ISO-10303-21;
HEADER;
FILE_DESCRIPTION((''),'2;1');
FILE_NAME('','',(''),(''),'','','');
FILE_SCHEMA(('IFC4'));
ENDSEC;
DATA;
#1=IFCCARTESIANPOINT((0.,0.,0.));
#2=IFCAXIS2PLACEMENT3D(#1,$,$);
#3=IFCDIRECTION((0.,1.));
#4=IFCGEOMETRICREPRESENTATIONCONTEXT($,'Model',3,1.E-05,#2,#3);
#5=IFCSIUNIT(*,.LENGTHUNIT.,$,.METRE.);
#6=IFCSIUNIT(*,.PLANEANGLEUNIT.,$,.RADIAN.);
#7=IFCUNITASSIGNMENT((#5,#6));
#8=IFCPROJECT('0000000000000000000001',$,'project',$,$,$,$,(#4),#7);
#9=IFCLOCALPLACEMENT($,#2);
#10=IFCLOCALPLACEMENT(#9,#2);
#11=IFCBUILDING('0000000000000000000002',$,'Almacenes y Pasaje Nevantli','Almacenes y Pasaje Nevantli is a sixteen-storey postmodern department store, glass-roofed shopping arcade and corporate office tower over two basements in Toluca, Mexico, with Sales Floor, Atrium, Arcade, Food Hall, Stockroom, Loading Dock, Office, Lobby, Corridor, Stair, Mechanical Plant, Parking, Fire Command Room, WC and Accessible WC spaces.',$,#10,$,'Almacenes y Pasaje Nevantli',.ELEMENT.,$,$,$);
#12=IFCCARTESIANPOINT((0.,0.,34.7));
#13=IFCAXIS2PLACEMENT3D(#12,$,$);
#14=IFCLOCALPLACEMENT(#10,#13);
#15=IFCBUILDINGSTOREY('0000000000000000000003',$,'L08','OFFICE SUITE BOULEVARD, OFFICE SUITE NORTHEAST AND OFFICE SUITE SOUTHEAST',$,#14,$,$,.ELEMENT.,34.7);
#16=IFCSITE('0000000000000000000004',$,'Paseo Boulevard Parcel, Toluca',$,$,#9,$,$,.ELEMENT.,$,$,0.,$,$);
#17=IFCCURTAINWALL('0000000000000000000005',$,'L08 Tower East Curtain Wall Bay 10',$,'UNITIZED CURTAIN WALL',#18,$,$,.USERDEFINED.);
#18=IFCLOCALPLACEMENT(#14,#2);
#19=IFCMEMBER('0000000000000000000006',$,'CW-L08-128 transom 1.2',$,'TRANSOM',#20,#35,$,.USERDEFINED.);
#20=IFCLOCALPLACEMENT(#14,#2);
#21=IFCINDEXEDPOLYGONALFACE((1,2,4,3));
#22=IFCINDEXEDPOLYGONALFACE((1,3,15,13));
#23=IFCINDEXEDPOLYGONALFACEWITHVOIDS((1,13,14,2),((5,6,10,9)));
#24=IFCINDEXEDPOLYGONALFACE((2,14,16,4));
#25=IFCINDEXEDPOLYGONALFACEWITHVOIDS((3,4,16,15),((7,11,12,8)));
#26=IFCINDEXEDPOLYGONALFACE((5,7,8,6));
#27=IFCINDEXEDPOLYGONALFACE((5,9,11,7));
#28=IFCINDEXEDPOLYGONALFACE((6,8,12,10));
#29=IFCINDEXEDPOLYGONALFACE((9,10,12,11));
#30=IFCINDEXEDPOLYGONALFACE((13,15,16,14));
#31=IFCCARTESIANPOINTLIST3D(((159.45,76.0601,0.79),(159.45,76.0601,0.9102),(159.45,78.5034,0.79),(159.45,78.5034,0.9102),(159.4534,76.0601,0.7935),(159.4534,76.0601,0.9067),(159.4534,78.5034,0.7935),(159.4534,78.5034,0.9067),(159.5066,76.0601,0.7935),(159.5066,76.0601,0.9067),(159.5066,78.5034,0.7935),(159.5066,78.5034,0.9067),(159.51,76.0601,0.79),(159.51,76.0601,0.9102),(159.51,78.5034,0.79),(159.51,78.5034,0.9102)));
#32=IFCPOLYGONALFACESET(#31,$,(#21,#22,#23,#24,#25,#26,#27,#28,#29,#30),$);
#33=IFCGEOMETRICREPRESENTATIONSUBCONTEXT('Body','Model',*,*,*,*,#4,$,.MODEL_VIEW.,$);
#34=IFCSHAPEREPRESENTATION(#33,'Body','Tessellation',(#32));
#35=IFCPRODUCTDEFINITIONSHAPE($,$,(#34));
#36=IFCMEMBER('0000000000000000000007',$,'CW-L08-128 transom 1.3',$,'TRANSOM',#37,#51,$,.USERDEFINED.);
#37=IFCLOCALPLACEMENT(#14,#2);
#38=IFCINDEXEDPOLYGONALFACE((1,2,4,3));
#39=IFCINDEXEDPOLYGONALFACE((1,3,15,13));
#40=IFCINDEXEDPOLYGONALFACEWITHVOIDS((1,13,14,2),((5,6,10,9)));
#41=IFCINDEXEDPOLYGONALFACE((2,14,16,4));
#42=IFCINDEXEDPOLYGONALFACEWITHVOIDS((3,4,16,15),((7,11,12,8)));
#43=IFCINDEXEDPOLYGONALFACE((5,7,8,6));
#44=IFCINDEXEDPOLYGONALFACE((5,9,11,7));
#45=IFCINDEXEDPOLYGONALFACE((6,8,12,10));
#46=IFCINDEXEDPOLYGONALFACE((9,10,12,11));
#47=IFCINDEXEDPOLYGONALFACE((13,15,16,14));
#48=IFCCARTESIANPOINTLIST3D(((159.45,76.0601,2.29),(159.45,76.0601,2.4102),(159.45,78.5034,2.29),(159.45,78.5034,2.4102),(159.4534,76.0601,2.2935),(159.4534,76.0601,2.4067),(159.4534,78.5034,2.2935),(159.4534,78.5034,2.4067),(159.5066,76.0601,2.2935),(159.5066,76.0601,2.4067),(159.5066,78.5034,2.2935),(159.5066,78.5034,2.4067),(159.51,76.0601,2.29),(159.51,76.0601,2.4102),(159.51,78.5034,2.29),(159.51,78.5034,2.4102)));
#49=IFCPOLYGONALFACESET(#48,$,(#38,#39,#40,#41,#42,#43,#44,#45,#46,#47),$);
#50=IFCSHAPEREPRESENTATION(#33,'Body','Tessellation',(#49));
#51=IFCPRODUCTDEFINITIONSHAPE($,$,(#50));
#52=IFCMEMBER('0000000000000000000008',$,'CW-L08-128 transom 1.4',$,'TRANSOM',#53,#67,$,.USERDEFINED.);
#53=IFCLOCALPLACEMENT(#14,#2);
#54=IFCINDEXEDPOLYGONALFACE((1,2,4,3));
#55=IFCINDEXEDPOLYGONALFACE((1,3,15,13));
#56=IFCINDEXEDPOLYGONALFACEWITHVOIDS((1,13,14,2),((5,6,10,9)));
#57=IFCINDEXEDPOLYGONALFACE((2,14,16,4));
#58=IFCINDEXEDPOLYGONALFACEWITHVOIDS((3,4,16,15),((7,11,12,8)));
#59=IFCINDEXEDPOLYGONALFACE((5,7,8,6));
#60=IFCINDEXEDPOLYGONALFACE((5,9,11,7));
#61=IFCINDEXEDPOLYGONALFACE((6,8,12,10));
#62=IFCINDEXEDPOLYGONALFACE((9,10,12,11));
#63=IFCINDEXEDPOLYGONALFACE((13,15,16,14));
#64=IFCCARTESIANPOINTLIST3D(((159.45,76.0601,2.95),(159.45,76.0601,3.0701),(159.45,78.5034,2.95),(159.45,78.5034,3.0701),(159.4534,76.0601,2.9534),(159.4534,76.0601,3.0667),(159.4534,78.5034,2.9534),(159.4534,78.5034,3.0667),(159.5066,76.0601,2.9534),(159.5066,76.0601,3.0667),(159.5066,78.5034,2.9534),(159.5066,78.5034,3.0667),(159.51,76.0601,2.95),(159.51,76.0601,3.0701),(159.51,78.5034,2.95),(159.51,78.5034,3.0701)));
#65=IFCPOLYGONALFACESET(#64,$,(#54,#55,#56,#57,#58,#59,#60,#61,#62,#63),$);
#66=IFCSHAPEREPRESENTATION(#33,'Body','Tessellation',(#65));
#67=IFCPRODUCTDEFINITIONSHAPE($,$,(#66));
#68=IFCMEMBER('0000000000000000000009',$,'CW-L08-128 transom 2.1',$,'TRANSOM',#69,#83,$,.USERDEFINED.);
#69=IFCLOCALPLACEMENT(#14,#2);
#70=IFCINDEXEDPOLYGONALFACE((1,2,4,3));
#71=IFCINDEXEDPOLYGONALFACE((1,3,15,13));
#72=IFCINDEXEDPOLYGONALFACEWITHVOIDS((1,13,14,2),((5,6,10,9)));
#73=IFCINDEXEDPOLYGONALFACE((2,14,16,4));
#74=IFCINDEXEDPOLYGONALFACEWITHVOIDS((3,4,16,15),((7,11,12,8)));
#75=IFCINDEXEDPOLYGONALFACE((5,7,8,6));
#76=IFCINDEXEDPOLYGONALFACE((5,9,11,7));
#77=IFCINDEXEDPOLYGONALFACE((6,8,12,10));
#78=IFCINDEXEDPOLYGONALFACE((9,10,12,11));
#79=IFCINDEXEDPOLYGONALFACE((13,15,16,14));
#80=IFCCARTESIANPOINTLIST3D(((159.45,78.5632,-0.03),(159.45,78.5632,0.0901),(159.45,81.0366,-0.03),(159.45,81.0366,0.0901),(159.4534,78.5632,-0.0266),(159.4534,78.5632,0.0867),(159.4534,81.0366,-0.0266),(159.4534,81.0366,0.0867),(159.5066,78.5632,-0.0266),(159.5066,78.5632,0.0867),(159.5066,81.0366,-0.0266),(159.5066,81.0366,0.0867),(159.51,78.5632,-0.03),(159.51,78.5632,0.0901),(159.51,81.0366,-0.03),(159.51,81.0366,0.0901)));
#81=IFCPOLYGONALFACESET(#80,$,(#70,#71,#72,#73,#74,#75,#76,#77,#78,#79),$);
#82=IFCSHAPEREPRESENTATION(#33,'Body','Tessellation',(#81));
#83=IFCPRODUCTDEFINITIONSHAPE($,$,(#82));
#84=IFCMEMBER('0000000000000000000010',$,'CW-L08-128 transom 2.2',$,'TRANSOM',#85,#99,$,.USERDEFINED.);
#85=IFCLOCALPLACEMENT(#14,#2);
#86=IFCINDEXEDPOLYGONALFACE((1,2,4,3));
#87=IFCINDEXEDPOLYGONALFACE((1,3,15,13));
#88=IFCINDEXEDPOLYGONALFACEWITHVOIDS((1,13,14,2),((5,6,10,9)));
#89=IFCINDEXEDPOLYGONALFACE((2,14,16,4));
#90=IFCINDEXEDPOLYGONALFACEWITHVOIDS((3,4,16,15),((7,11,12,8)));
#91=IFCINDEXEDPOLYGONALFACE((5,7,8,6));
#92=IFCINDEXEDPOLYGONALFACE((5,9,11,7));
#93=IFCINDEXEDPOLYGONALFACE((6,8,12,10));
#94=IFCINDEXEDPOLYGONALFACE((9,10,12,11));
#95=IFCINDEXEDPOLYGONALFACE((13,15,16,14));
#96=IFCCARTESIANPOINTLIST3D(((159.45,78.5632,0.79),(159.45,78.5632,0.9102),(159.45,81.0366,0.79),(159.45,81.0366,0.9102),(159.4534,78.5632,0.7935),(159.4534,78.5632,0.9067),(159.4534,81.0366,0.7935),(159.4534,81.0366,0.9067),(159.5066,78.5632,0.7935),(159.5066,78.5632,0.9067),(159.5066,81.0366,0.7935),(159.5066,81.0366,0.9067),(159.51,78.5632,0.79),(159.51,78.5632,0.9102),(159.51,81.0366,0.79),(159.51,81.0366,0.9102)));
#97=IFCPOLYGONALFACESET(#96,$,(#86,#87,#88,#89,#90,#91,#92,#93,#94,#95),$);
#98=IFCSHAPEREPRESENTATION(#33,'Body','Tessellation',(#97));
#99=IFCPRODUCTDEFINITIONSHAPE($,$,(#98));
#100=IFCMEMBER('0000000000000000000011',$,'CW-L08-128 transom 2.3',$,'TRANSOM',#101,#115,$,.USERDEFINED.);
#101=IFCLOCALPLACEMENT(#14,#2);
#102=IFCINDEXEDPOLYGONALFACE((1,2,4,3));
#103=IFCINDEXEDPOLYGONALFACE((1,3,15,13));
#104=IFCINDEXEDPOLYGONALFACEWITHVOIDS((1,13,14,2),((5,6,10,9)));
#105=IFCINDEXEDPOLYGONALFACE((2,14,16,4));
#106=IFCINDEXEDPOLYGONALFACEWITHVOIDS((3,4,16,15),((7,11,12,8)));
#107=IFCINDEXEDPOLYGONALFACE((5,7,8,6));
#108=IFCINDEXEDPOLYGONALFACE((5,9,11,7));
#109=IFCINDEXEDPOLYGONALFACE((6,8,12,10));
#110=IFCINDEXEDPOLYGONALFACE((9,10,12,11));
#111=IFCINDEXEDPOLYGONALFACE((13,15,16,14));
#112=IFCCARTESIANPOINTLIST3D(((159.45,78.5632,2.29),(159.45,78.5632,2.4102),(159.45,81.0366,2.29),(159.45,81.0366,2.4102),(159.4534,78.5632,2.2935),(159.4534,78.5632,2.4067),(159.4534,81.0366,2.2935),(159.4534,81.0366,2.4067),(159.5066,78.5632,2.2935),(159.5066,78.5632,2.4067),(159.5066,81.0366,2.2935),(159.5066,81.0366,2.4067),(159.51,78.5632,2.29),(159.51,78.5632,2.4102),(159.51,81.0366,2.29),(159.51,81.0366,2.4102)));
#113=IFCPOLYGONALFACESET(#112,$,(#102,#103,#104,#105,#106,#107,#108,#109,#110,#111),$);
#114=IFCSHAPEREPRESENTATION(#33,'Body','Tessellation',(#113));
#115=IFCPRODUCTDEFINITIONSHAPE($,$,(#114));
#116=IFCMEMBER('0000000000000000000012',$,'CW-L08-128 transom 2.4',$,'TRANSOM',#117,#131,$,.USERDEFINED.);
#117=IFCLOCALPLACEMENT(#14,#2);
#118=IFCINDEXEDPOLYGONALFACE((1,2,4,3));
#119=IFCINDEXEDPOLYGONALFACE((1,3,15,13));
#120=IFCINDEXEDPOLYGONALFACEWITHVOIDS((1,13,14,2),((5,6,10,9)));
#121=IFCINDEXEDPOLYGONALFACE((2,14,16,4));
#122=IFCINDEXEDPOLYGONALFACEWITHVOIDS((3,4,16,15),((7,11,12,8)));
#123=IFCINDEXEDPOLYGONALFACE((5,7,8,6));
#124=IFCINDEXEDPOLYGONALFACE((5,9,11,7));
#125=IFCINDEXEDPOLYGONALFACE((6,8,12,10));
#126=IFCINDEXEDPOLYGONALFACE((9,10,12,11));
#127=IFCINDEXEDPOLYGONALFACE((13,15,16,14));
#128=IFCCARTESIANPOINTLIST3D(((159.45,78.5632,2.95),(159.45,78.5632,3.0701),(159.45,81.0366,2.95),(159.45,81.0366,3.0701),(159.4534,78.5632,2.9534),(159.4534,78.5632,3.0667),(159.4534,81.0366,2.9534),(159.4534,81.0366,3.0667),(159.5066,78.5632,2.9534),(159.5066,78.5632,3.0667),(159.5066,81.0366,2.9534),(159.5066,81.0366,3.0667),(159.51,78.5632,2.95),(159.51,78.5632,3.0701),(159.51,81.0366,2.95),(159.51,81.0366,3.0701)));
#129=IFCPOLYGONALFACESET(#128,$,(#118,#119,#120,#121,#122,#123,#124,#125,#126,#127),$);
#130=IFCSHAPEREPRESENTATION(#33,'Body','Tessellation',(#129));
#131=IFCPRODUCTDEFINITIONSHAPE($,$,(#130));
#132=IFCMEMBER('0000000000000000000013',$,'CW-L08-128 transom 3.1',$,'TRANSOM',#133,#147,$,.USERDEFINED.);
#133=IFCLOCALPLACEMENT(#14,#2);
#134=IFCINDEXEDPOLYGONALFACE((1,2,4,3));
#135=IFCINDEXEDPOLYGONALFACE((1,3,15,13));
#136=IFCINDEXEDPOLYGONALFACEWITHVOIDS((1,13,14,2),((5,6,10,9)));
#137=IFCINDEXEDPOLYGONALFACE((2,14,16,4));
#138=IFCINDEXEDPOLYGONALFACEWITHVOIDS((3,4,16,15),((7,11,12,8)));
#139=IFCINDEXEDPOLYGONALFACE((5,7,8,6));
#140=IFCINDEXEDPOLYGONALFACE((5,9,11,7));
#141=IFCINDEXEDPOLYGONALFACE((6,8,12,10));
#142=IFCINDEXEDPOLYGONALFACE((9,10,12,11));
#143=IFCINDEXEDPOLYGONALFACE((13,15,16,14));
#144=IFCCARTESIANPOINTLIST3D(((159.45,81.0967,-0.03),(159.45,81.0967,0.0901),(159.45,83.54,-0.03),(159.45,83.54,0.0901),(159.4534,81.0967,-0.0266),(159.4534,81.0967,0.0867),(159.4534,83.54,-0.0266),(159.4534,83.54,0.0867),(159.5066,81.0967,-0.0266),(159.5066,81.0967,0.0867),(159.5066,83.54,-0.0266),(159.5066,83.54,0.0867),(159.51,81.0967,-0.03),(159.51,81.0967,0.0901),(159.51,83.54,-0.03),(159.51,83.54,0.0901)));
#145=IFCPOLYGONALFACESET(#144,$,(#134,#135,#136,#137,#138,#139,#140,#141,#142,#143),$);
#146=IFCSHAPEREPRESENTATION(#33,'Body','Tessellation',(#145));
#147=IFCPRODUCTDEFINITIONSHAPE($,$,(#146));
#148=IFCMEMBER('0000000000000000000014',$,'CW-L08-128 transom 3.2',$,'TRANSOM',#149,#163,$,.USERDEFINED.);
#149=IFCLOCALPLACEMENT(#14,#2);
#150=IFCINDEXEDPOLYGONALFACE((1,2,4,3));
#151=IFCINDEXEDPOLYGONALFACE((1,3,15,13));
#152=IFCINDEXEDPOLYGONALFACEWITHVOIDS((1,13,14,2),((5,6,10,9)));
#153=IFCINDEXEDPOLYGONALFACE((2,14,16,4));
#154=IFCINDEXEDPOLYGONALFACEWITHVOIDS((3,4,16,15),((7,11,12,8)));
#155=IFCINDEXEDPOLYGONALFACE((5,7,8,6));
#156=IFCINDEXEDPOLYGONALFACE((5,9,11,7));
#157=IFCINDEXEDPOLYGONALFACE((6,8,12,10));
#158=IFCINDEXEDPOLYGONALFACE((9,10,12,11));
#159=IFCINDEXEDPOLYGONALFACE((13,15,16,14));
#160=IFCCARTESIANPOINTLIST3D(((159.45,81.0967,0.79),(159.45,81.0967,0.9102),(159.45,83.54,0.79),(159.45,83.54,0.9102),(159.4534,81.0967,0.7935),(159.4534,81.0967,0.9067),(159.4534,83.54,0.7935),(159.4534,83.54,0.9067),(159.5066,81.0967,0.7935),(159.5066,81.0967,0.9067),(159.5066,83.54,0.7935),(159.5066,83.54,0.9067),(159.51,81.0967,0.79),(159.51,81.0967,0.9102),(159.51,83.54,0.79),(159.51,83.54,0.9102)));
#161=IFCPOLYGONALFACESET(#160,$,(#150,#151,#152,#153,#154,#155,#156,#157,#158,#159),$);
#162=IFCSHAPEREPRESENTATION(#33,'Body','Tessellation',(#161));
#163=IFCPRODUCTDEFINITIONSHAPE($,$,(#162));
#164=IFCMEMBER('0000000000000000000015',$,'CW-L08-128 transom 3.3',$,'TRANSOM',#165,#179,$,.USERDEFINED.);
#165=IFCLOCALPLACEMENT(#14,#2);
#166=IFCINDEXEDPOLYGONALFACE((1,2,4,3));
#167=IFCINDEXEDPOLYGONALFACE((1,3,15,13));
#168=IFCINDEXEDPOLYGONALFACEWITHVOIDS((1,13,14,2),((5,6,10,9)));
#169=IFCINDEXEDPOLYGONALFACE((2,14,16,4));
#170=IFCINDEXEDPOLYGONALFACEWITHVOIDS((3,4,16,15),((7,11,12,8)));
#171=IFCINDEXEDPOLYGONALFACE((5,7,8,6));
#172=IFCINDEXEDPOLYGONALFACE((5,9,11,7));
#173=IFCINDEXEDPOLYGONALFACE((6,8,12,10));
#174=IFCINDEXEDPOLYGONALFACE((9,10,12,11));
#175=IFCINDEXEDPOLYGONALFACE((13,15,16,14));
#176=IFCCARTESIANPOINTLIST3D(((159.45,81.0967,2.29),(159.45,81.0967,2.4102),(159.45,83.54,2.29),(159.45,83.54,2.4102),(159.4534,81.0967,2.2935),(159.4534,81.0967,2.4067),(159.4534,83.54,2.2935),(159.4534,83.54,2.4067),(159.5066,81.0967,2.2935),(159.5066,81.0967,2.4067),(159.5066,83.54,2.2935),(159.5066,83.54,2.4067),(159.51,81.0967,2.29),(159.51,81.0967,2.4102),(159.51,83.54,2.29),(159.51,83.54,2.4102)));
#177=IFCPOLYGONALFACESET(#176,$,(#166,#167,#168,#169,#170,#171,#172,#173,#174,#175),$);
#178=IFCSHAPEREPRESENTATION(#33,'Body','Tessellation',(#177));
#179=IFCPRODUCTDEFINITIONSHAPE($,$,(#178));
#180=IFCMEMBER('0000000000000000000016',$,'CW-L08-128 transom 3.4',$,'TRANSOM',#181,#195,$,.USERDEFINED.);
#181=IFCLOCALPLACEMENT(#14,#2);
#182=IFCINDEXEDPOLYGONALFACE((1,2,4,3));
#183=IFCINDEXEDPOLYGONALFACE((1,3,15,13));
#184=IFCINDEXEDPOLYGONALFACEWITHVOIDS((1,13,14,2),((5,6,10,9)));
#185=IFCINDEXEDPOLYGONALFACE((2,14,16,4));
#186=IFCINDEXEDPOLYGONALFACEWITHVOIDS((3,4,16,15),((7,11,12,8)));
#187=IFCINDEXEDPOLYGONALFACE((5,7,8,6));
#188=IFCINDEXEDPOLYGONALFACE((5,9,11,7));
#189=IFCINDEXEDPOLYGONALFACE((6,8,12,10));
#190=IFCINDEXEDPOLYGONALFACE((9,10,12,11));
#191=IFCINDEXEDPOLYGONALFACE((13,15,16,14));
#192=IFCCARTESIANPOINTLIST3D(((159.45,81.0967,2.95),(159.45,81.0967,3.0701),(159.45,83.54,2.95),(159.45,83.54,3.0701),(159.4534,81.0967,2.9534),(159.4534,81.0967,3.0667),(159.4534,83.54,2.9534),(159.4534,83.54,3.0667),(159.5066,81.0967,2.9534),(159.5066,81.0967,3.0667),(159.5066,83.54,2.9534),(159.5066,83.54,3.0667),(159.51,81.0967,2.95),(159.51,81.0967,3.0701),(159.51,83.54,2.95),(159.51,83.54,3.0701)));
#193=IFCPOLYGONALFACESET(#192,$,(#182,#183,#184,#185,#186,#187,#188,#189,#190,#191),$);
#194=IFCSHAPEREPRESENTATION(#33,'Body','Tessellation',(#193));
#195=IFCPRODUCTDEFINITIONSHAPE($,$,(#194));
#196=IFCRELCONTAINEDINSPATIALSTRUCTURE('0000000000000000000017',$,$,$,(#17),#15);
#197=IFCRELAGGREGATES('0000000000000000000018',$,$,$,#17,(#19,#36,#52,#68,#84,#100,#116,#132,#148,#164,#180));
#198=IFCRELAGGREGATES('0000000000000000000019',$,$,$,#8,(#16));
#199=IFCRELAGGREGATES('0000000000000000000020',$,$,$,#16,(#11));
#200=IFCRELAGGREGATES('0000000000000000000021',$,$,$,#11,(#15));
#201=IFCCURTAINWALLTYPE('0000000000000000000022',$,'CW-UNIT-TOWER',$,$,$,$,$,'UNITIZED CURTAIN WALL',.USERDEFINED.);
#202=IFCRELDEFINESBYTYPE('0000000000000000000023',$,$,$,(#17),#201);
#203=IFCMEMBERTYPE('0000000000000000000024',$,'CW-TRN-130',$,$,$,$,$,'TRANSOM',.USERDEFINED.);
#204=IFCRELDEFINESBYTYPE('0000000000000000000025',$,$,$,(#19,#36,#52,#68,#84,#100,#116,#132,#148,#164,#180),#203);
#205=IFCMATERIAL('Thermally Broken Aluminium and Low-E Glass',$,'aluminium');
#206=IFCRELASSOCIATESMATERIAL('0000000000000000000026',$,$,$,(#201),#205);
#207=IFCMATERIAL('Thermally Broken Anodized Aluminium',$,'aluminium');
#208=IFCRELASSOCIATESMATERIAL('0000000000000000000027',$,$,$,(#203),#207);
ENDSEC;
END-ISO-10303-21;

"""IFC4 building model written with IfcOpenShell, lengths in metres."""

from ifc_helpers import new_model, si_unit, direction, frame, origin, origin_2d, place, context, subcontext, project, spatial, hollow_rectangle, extrude, material, material_profile, profile_set, type_object, element, aggregate, save


model = new_model("IFC4")

# Units and contexts
model_context = context("Model", 3, precision=1e-05, world=origin(), true_north=direction((0.0, 1.0)))
body_context = subcontext(model_context, "Body", "Model", "MODEL_VIEW")
ifc_project = project(units=[si_unit("LENGTHUNIT", "METRE"), si_unit("PLANEANGLEUNIT", "RADIAN")], contexts=[model_context])

# Site, building, storey
site_placement = place(None, origin())
site = spatial("IfcSite", under=ifc_project, at=site_placement, Name="Paseo Boulevard Parcel, Toluca", CompositionType="ELEMENT", RefElevation=0.0)
building_placement = place(site_placement, origin())
building = spatial("IfcBuilding", under=site, at=building_placement, Name="Almacenes y Pasaje Nevantli", Description="Almacenes y Pasaje Nevantli is a sixteen-storey postmodern department store, glass-roofed shopping arcade and corporate office tower over two basements in Toluca, Mexico, with Sales Floor, Atrium, Arcade, Food Hall, Stockroom, Loading Dock, Office, Lobby, Corridor, Stair, Mechanical Plant, Parking, Fire Command Room, WC and Accessible WC spaces.", LongName="Almacenes y Pasaje Nevantli", CompositionType="ELEMENT")
storey_placement = place(building_placement, frame((0.0, 0.0, 34.7)))
storey = spatial("IfcBuildingStorey", under=building, at=storey_placement, Name="L08", Description="OFFICE SUITE BOULEVARD, OFFICE SUITE NORTHEAST AND OFFICE SUITE SOUTHEAST", CompositionType="ELEMENT", Elevation=34.7)

# Curtain wall, members
ifc_material_1 = material(Name="Thermally Broken Aluminium and Low-E Glass", Category="aluminium")
curtain_wall_type = type_object("IfcCurtainWallType", Name="CW-UNIT-TOWER", ElementType="UNITIZED CURTAIN WALL", PredefinedType="USERDEFINED", material=ifc_material_1)
curtain_wall_placement = place(storey_placement, origin())
curtain_wall = element("IfcCurtainWall", 1, at=curtain_wall_placement, inside=storey, type_object=curtain_wall_type, Name="L08 Tower East Curtain Wall Bay 10", ObjectType="UNITIZED CURTAIN WALL", PredefinedType="USERDEFINED")
ifc_material_2 = material(Name="Thermally Broken Anodized Aluminium", Category="aluminium")
ifc_material_profile_1 = material_profile(ifc_material_2, hollow_rectangle(XDim=0.0601, YDim=0.1201, WallThickness=0.0034, at=origin_2d()), Name="ALU-TRN-60x120")
ifc_profile_set_1 = profile_set([ifc_material_profile_1], Name="Thermally Broken Anodized Aluminium")
member_type_1 = type_object("IfcMemberType", Name="CW-TRN-130", ElementType="TRANSOM", PredefinedType="USERDEFINED", material=ifc_profile_set_1)
member_1_placement = place(storey_placement, frame((159.48, 76.0601, 0.8501), z_axis=(0.0, 1.0, 0.0), x_axis=(-1.0, 0.0, 0.0)))
member_1 = element("IfcMember", 2, at=member_1_placement, type_object=member_type_1, Name="CW-L08-128 transom 1.2", ObjectType="TRANSOM", PredefinedType="USERDEFINED", context=body_context, shape_type="SweptSolid", body=[
    extrude(hollow_rectangle(XDim=0.0601, YDim=0.1201, WallThickness=0.0034, at=origin_2d()), origin(), (0.0, 0.0, 1.0), 2.4434),
])
member_2_placement = place(storey_placement, frame((159.48, 76.0601, 2.3501), z_axis=(0.0, 1.0, 0.0), x_axis=(-1.0, 0.0, 0.0)))
member_2 = element("IfcMember", 3, at=member_2_placement, type_object=member_type_1, Name="CW-L08-128 transom 1.3", ObjectType="TRANSOM", PredefinedType="USERDEFINED", context=body_context, shape_type="SweptSolid", body=[
    extrude(hollow_rectangle(XDim=0.0601, YDim=0.1201, WallThickness=0.0034, at=origin_2d()), origin(), (0.0, 0.0, 1.0), 2.4434),
])
member_3_placement = place(storey_placement, frame((159.48, 76.0601, 3.01), z_axis=(0.0, 1.0, 0.0), x_axis=(-1.0, 0.0, 0.0)))
member_3 = element("IfcMember", 4, at=member_3_placement, type_object=member_type_1, Name="CW-L08-128 transom 1.4", ObjectType="TRANSOM", PredefinedType="USERDEFINED", context=body_context, shape_type="SweptSolid", body=[
    extrude(hollow_rectangle(XDim=0.0601, YDim=0.1201, WallThickness=0.0034, at=origin_2d()), origin(), (0.0, 0.0, 1.0), 2.4434),
])
member_4_placement = place(storey_placement, frame((159.48, 78.5632, 0.03), z_axis=(0.0, 1.0, 0.0), x_axis=(-1.0, 0.0, 0.0)))
member_4 = element("IfcMember", 5, at=member_4_placement, type_object=member_type_1, Name="CW-L08-128 transom 2.1", ObjectType="TRANSOM", PredefinedType="USERDEFINED", context=body_context, shape_type="SweptSolid", body=[
    extrude(hollow_rectangle(XDim=0.0601, YDim=0.1201, WallThickness=0.0034, at=origin_2d()), origin(), (0.0, 0.0, 1.0), 2.4734),
])
member_5_placement = place(storey_placement, frame((159.48, 78.5632, 0.8501), z_axis=(0.0, 1.0, 0.0), x_axis=(-1.0, 0.0, 0.0)))
member_5 = element("IfcMember", 6, at=member_5_placement, type_object=member_type_1, Name="CW-L08-128 transom 2.2", ObjectType="TRANSOM", PredefinedType="USERDEFINED", context=body_context, shape_type="SweptSolid", body=[
    extrude(hollow_rectangle(XDim=0.0601, YDim=0.1201, WallThickness=0.0034, at=origin_2d()), origin(), (0.0, 0.0, 1.0), 2.4734),
])
member_6_placement = place(storey_placement, frame((159.48, 78.5632, 2.3501), z_axis=(0.0, 1.0, 0.0), x_axis=(-1.0, 0.0, 0.0)))
member_6 = element("IfcMember", 7, at=member_6_placement, type_object=member_type_1, Name="CW-L08-128 transom 2.3", ObjectType="TRANSOM", PredefinedType="USERDEFINED", context=body_context, shape_type="SweptSolid", body=[
    extrude(hollow_rectangle(XDim=0.0601, YDim=0.1201, WallThickness=0.0034, at=origin_2d()), origin(), (0.0, 0.0, 1.0), 2.4734),
])
member_7_placement = place(storey_placement, frame((159.48, 78.5632, 3.01), z_axis=(0.0, 1.0, 0.0), x_axis=(-1.0, 0.0, 0.0)))
member_7 = element("IfcMember", 8, at=member_7_placement, type_object=member_type_1, Name="CW-L08-128 transom 2.4", ObjectType="TRANSOM", PredefinedType="USERDEFINED", context=body_context, shape_type="SweptSolid", body=[
    extrude(hollow_rectangle(XDim=0.0601, YDim=0.1201, WallThickness=0.0034, at=origin_2d()), origin(), (0.0, 0.0, 1.0), 2.4734),
])
member_8_placement = place(storey_placement, frame((159.48, 81.0967, 0.03), z_axis=(0.0, 1.0, 0.0), x_axis=(-1.0, 0.0, 0.0)))
member_8 = element("IfcMember", 9, at=member_8_placement, type_object=member_type_1, Name="CW-L08-128 transom 3.1", ObjectType="TRANSOM", PredefinedType="USERDEFINED", context=body_context, shape_type="SweptSolid", body=[
    extrude(hollow_rectangle(XDim=0.0601, YDim=0.1201, WallThickness=0.0034, at=origin_2d()), origin(), (0.0, 0.0, 1.0), 2.4434),
])
member_9_placement = place(storey_placement, frame((159.48, 81.0967, 0.8501), z_axis=(0.0, 1.0, 0.0), x_axis=(-1.0, 0.0, 0.0)))
member_9 = element("IfcMember", 10, at=member_9_placement, type_object=member_type_1, Name="CW-L08-128 transom 3.2", ObjectType="TRANSOM", PredefinedType="USERDEFINED", context=body_context, shape_type="SweptSolid", body=[
    extrude(hollow_rectangle(XDim=0.0601, YDim=0.1201, WallThickness=0.0034, at=origin_2d()), origin(), (0.0, 0.0, 1.0), 2.4434),
])
member_10_placement = place(storey_placement, frame((159.48, 81.0967, 2.3501), z_axis=(0.0, 1.0, 0.0), x_axis=(-1.0, 0.0, 0.0)))
member_10 = element("IfcMember", 11, at=member_10_placement, type_object=member_type_1, Name="CW-L08-128 transom 3.3", ObjectType="TRANSOM", PredefinedType="USERDEFINED", context=body_context, shape_type="SweptSolid", body=[
    extrude(hollow_rectangle(XDim=0.0601, YDim=0.1201, WallThickness=0.0034, at=origin_2d()), origin(), (0.0, 0.0, 1.0), 2.4434),
])
member_11_placement = place(storey_placement, frame((159.48, 81.0967, 3.01), z_axis=(0.0, 1.0, 0.0), x_axis=(-1.0, 0.0, 0.0)))
member_11 = element("IfcMember", 12, at=member_11_placement, type_object=member_type_1, Name="CW-L08-128 transom 3.4", ObjectType="TRANSOM", PredefinedType="USERDEFINED", context=body_context, shape_type="SweptSolid", body=[
    extrude(hollow_rectangle(XDim=0.0601, YDim=0.1201, WallThickness=0.0034, at=origin_2d()), origin(), (0.0, 0.0, 1.0), 2.4434),
])
aggregate(curtain_wall, [member_1, member_2, member_3, member_4, member_5, member_6, member_7, member_8, member_9, member_10, member_11])

save(model, "model.ifc")
